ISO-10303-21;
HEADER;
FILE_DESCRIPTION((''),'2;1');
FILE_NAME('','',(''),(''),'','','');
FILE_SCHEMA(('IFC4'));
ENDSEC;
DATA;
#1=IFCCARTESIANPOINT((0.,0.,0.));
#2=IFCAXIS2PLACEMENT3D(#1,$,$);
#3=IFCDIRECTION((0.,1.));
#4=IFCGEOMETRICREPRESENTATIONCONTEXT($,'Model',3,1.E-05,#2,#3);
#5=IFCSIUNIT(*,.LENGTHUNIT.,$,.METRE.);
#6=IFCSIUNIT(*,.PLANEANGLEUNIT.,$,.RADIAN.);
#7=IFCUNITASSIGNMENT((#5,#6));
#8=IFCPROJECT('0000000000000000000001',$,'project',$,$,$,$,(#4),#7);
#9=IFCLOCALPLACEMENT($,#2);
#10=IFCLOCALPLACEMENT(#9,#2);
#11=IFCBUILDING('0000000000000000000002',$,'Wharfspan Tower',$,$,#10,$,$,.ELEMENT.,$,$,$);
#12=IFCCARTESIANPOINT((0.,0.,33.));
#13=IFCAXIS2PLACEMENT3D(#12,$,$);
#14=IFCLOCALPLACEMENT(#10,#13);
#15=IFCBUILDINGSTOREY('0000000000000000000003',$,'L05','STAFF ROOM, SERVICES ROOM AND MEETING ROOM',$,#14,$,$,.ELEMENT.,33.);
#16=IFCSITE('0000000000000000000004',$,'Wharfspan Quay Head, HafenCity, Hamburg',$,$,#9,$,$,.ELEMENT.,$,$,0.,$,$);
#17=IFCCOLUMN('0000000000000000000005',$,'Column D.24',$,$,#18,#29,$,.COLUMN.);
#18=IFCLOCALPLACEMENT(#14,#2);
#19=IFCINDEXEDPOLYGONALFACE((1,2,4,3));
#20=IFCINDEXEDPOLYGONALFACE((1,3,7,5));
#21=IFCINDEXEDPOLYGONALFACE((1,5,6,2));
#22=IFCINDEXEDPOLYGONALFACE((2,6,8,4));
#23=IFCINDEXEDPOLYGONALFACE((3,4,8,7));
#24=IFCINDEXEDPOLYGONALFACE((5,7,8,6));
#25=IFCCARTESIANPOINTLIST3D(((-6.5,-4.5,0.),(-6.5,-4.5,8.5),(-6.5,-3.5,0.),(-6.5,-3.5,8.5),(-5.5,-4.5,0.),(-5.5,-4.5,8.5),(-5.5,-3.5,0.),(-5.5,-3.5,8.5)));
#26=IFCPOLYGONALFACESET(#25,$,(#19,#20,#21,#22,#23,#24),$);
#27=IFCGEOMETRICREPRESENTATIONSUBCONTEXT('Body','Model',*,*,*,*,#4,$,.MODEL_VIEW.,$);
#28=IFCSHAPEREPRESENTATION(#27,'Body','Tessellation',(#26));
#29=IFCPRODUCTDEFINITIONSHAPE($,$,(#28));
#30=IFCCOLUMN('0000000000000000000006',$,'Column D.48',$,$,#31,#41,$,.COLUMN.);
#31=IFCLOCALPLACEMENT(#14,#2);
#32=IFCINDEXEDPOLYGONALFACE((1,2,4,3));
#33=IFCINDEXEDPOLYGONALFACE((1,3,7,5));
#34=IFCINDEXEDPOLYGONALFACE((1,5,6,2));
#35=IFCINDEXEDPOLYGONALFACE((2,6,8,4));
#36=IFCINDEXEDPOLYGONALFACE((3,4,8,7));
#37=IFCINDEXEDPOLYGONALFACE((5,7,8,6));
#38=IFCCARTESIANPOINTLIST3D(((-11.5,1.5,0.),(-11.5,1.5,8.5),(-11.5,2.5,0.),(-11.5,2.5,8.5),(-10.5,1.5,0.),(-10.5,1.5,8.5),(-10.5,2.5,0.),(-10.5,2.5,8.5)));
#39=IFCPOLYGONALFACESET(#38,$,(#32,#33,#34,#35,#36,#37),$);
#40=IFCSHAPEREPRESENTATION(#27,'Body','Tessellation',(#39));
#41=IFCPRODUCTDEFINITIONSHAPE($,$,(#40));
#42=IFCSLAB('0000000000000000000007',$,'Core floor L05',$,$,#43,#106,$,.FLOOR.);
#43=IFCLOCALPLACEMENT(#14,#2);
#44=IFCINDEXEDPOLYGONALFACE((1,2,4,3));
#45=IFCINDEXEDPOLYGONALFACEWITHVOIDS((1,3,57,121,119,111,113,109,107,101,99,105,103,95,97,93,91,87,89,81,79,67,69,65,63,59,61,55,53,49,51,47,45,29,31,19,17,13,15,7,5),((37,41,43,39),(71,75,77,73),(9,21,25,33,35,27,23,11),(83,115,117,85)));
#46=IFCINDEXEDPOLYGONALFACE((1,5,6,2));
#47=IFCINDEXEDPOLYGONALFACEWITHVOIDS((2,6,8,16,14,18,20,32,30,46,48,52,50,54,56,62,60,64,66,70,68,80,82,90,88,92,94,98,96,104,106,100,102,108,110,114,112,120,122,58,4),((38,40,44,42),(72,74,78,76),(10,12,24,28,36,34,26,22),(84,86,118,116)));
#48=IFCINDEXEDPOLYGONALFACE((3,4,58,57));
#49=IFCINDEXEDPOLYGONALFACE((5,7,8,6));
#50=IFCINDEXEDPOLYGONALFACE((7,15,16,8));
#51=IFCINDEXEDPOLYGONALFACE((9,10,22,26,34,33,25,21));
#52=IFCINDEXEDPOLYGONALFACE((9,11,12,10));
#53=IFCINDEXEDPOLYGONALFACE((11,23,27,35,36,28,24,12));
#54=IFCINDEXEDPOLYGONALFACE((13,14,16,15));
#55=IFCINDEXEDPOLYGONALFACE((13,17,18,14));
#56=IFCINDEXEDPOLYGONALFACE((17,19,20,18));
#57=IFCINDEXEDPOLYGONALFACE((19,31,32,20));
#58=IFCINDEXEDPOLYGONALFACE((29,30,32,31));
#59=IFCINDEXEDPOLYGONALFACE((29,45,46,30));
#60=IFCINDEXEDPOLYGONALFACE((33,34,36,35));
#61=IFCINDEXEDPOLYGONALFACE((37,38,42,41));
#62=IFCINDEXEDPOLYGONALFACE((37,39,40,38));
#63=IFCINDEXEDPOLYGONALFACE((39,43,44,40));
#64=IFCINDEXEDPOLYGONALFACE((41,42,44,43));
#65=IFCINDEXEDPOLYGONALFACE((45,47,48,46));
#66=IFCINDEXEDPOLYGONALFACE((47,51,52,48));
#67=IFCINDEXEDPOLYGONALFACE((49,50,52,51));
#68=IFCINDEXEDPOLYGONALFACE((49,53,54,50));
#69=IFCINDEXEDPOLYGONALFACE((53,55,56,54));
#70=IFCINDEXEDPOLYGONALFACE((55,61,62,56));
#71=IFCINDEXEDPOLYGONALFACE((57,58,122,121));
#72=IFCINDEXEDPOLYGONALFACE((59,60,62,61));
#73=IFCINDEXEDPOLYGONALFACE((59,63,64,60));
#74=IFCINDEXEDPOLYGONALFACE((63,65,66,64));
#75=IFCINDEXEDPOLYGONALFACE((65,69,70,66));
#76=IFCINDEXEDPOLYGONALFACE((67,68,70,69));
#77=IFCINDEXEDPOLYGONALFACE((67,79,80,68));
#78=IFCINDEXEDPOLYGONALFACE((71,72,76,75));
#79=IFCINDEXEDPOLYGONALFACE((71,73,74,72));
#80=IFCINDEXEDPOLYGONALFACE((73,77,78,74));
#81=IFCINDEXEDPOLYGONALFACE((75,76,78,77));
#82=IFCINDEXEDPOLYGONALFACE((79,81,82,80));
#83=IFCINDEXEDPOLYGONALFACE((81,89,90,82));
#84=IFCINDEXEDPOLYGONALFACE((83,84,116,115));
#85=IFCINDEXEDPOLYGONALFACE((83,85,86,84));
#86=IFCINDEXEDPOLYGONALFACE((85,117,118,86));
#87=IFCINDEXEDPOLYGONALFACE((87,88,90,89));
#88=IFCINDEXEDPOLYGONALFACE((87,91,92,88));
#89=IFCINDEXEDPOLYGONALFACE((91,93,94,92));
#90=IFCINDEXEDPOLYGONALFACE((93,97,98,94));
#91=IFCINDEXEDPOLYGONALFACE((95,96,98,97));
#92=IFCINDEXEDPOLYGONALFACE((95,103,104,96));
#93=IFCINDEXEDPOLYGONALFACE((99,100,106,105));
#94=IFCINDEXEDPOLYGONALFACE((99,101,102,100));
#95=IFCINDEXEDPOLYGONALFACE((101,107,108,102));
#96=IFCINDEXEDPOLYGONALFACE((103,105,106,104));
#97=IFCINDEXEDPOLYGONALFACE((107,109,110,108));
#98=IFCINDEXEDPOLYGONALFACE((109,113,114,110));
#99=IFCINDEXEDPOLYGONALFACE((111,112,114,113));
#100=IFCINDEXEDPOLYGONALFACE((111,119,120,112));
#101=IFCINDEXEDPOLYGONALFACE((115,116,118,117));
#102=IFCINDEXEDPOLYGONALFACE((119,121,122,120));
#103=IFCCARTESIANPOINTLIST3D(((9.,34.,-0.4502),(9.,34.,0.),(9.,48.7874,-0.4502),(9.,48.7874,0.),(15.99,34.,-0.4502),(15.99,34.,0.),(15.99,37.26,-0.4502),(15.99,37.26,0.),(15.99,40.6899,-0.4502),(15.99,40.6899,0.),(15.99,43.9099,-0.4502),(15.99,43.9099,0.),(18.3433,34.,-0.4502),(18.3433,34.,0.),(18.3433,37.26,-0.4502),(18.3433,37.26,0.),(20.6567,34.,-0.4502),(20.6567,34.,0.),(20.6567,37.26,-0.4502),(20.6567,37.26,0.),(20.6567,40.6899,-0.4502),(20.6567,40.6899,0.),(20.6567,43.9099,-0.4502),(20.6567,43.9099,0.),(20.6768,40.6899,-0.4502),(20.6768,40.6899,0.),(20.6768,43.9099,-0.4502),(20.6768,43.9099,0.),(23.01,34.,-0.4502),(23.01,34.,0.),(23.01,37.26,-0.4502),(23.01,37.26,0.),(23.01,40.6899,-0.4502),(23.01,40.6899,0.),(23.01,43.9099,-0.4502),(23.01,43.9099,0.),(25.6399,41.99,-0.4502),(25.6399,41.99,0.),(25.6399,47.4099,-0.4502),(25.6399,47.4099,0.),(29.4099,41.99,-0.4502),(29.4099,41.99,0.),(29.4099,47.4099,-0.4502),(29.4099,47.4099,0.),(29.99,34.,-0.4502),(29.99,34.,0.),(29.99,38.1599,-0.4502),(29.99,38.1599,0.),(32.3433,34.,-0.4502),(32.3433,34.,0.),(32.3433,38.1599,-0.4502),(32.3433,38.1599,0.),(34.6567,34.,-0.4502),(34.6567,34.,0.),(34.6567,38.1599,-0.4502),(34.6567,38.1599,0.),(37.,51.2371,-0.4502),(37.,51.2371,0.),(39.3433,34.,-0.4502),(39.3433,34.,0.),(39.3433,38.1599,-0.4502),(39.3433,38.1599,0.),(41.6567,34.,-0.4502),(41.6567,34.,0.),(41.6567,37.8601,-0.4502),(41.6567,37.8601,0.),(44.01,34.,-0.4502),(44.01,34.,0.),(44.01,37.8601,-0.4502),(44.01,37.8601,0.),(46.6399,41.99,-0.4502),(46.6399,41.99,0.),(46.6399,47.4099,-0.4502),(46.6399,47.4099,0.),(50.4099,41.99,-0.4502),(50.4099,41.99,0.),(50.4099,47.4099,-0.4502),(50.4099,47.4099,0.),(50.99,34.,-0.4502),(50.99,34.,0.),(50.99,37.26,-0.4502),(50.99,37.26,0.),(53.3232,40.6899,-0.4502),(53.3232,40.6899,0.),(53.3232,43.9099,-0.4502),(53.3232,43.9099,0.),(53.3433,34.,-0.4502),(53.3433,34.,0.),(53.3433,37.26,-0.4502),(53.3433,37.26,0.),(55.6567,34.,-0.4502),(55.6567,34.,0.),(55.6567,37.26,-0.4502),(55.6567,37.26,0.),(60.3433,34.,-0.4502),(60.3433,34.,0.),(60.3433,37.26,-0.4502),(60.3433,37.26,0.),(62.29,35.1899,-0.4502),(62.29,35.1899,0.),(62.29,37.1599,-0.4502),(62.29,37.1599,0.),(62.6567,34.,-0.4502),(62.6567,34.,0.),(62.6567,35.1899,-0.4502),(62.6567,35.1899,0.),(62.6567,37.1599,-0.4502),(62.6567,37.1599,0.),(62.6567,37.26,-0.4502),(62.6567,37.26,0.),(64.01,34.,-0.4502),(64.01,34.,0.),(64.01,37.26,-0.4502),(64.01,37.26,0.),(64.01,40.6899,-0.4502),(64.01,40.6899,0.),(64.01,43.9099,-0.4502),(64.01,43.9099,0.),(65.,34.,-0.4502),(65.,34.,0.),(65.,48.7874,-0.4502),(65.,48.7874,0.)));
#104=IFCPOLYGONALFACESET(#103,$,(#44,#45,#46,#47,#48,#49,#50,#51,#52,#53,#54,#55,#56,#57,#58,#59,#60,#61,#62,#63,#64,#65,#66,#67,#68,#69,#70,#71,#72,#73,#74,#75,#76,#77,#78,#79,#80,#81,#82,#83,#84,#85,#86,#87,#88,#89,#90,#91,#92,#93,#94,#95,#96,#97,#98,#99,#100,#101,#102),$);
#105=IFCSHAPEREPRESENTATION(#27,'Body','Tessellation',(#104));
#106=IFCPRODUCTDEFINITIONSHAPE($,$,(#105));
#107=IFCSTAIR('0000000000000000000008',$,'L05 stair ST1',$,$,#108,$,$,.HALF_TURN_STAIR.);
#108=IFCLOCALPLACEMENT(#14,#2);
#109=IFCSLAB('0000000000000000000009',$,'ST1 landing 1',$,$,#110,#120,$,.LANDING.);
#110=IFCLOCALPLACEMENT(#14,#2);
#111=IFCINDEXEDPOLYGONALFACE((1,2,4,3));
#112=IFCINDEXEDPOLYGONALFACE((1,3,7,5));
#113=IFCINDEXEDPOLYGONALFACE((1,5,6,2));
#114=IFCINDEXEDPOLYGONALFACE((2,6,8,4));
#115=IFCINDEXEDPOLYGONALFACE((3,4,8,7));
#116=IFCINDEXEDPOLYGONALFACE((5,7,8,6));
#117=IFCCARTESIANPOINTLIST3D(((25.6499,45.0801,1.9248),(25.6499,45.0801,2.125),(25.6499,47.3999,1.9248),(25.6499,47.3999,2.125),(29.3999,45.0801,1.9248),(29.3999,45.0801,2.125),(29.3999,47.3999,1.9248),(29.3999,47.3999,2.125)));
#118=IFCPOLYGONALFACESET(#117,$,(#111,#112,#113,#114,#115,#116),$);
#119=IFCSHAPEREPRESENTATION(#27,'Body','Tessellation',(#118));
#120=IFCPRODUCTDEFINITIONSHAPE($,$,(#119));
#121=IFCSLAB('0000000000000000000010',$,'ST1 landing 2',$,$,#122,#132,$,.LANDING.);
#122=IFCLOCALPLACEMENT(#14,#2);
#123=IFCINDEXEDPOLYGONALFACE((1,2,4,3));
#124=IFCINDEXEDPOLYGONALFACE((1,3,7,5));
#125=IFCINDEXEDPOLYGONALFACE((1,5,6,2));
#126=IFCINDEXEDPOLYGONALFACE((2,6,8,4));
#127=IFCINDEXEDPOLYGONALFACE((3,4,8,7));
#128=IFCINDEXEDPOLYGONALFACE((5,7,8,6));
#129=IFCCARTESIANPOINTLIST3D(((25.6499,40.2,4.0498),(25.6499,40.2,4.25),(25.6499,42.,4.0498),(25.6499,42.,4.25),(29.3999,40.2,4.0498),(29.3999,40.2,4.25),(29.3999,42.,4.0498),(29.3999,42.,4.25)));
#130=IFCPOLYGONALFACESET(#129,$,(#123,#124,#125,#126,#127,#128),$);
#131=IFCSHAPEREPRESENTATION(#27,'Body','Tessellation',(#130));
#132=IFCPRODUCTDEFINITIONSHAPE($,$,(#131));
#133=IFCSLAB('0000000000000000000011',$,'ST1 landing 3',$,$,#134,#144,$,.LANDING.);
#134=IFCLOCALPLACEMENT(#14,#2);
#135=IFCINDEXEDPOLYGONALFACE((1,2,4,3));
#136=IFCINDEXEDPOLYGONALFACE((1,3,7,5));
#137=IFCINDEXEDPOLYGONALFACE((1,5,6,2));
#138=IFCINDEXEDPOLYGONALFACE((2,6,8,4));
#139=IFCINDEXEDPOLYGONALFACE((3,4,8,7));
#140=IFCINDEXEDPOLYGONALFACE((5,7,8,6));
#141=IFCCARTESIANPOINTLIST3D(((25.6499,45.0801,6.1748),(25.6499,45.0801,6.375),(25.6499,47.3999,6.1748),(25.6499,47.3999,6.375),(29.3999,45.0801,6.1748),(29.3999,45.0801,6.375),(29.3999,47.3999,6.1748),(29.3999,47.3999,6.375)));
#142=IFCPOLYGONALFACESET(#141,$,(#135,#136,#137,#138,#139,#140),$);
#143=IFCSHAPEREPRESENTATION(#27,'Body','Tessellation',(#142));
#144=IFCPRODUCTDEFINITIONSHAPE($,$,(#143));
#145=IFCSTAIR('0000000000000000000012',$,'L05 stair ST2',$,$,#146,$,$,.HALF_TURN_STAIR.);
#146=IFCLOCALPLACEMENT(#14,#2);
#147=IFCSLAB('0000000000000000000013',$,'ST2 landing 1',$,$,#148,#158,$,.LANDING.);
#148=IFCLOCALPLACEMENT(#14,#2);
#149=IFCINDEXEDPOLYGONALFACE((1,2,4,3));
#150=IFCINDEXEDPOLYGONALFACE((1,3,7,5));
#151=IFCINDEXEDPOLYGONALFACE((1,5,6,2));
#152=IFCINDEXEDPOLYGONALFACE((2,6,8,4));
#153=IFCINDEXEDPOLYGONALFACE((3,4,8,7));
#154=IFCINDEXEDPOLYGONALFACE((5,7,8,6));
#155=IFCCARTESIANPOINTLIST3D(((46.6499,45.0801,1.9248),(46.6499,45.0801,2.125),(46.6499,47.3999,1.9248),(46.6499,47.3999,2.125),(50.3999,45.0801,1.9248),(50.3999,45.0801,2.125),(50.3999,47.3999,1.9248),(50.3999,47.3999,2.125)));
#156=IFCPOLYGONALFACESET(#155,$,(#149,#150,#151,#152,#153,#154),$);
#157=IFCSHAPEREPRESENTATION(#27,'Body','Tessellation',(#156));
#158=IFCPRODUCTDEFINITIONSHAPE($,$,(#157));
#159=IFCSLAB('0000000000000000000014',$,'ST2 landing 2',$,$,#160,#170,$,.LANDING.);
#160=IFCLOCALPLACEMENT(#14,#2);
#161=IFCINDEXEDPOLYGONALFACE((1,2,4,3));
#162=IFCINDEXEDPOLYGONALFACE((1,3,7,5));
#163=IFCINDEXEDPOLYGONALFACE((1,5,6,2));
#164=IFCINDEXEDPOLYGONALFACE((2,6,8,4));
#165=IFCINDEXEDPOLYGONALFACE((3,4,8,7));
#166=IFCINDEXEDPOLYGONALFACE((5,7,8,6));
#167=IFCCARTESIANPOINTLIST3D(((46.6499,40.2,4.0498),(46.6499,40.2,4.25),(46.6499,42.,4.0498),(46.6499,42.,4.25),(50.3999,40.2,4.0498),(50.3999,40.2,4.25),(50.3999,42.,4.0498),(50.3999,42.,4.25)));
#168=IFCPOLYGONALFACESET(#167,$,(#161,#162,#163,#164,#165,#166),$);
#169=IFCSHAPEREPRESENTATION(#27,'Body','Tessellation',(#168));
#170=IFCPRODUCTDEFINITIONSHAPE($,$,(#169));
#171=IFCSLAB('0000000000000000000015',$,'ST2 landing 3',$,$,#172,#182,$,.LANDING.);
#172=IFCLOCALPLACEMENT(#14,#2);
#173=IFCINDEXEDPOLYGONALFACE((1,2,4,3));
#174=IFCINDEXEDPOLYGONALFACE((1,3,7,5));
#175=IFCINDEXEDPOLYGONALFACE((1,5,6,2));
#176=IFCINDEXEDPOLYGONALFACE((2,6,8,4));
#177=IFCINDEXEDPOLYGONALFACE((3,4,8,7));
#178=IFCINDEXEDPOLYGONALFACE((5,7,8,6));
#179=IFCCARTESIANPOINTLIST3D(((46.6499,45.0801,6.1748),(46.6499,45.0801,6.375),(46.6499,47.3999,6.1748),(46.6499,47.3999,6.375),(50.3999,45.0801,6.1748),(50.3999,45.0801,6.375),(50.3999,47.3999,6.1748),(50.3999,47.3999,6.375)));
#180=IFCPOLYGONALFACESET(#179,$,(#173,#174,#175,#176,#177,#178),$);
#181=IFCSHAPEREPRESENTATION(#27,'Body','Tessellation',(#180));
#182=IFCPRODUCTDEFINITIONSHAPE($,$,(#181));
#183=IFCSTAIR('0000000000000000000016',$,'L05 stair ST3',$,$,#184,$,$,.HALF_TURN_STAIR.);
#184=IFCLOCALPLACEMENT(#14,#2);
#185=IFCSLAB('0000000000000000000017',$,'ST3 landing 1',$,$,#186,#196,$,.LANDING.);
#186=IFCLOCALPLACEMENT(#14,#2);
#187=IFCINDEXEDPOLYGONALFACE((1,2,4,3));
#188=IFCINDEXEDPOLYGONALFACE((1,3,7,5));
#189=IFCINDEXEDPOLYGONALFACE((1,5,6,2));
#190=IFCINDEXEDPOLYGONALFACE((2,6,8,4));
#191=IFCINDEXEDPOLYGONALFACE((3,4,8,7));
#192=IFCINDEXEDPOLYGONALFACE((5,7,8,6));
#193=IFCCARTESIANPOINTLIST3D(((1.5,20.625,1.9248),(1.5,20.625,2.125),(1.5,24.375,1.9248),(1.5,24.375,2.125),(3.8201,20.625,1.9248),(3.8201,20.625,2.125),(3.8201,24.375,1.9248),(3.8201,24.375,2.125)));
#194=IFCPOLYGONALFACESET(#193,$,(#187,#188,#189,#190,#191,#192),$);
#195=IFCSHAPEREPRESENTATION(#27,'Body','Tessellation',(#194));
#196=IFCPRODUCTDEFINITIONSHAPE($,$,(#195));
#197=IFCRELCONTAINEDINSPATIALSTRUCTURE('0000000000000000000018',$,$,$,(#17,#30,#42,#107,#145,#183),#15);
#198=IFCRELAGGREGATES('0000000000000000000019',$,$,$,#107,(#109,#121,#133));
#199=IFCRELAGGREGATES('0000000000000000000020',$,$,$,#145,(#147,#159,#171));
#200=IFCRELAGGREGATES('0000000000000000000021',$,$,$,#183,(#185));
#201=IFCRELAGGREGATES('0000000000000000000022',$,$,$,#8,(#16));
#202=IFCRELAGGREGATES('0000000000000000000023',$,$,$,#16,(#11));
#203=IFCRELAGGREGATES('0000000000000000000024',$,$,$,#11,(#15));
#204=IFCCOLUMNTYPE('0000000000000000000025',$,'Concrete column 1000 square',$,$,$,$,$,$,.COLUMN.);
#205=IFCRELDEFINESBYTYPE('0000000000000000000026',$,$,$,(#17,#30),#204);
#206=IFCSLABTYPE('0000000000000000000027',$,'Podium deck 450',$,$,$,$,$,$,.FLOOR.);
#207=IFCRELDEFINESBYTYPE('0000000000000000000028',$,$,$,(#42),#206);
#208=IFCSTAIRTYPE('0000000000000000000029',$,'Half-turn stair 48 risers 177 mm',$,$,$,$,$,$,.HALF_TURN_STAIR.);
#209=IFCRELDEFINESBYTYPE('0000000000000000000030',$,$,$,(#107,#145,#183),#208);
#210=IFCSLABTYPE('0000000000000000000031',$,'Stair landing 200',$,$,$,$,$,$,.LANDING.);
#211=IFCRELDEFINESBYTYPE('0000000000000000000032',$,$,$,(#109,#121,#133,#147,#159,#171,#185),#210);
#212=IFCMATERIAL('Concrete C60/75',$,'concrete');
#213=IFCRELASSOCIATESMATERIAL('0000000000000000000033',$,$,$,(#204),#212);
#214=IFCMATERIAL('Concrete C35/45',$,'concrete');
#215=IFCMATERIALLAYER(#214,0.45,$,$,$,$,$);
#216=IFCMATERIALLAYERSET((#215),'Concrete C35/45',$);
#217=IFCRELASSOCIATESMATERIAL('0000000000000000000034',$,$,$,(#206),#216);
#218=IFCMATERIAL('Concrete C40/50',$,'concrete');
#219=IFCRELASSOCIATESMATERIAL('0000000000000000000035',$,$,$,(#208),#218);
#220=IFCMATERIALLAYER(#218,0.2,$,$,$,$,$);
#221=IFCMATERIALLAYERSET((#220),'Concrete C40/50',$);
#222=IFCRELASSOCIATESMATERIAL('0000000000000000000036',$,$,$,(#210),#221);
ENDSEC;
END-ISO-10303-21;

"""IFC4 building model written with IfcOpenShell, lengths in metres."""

from ifc_helpers import new_model, si_unit, direction, frame, origin, origin_2d, place, context, subcontext, project, spatial, polyline, rectangle, outline, extrude, material, layer, layer_set, material_profile, profile_set, type_object, element, aggregate, save


model = new_model("IFC4")

# Units and contexts
model_context = context("Model", 3, precision=1e-05, world=origin(), true_north=direction((0.0, 1.0)))
body_context = subcontext(model_context, "Body", "Model", "MODEL_VIEW")
ifc_project = project(units=[si_unit("LENGTHUNIT", "METRE"), si_unit("PLANEANGLEUNIT", "RADIAN")], contexts=[model_context])

# Site, building, storey
site_placement = place(None, origin())
site = spatial("IfcSite", under=ifc_project, at=site_placement, Name="Wharfspan Quay Head, HafenCity, Hamburg", CompositionType="ELEMENT", RefElevation=0.0)
building_placement = place(site_placement, origin())
building = spatial("IfcBuilding", under=site, at=building_placement, Name="Wharfspan Tower", CompositionType="ELEMENT")
storey_placement = place(building_placement, frame((0.0, 0.0, 33.0)))
storey = spatial("IfcBuildingStorey", under=building, at=storey_placement, Name="L05", Description="STAFF ROOM, SERVICES ROOM AND MEETING ROOM", CompositionType="ELEMENT", Elevation=33.0)

# Columns
ifc_material_1 = material(Name="Concrete C60/75", Category="concrete")
ifc_material_profile = material_profile(ifc_material_1, rectangle(XDim=1.0, YDim=1.0, at=origin_2d()))
ifc_profile_set = profile_set([ifc_material_profile], Name="Concrete C60/75")
column_type = type_object("IfcColumnType", Name="Concrete column 1000 square", PredefinedType="COLUMN", material=ifc_profile_set)
for number, where, z_axis, x_axis, name in (
    (1, (-6.0, -4.0, 0.0), (0.0, 0.0, 1.0), (1.0, 0.0, 0.0), "Column D.24"),
    (2, (-11.0, 2.0, 0.0), (0.0, 0.0, 1.0), (1.0, 0.0, 0.0), "Column D.48"),
):
    element("IfcColumn", number, at=place(storey_placement, frame(where, z_axis=z_axis, x_axis=x_axis)), inside=storey, type_object=column_type, Name=name, PredefinedType="COLUMN", context=body_context, shape_type="SweptSolid", body=[
        extrude(rectangle(XDim=1.0, YDim=1.0, at=origin_2d()), origin(), (0.0, 0.0, 1.0), 8.5),
    ])

# Slab
ifc_material_2 = material(Name="Concrete C35/45", Category="concrete")
ifc_layer_1 = layer(ifc_material_2, 0.45)
ifc_layer_set_1 = layer_set([ifc_layer_1], Name="Concrete C35/45")
slab_type_1 = type_object("IfcSlabType", Name="Podium deck 450", PredefinedType="FLOOR", material=ifc_layer_set_1)
slab_1_placement = place(storey_placement, frame((0.0, 0.0, -0.4502)))
element("IfcSlab", 3, at=slab_1_placement, inside=storey, type_object=slab_type_1, Name="Core floor L05", PredefinedType="FLOOR", context=body_context, shape_type="SweptSolid", body=[
    extrude(outline(polyline([(65.0, 48.7874), (65.0, 34.0), (64.01, 34.0), (64.01, 37.26), (62.6567, 37.26), (62.6567, 37.1599), (62.29, 37.1599), (62.29, 35.1899), (62.6567, 35.1899), (62.6567, 34.0), (60.3433, 34.0), (60.3433, 37.26), (55.6567, 37.26), (55.6567, 34.0), (53.3433, 34.0), (53.3433, 37.26), (50.99, 37.26), (50.99, 34.0), (44.01, 34.0), (44.01, 37.8601), (41.6567, 37.8601), (41.6567, 34.0), (39.3433, 34.0), (39.3433, 38.1599), (34.6567, 38.1599), (34.6567, 34.0), (32.3433, 34.0), (32.3433, 38.1599), (29.99, 38.1599), (29.99, 34.0), (23.01, 34.0), (23.01, 37.26), (20.6567, 37.26), (20.6567, 34.0), (18.3433, 34.0), (18.3433, 37.26), (15.99, 37.26), (15.99, 34.0), (9.0, 34.0), (9.0, 48.7874), (37.0, 51.2371), (65.0, 48.7874)]), holes=[polyline([(53.3232, 43.9099), (53.3232, 40.6899), (64.01, 40.6899), (64.01, 43.9099), (53.3232, 43.9099)]), polyline([(50.4099, 41.99), (50.4099, 47.4099), (46.6399, 47.4099), (46.6399, 41.99), (50.4099, 41.99)]), polyline([(29.4099, 41.99), (29.4099, 47.4099), (25.6399, 47.4099), (25.6399, 41.99), (29.4099, 41.99)]), polyline([(20.6768, 40.6899), (23.01, 40.6899), (23.01, 43.9099), (20.6768, 43.9099), (20.6567, 43.9099), (15.99, 43.9099), (15.99, 40.6899), (20.6567, 40.6899), (20.6768, 40.6899)])]), origin(), (0.0, 0.0, 1.0), 0.4502),
])

# Stairs, slabs
ifc_material_3 = material(Name="Concrete C40/50", Category="concrete")
stair_type = type_object("IfcStairType", Name="Half-turn stair 48 risers 177 mm", PredefinedType="HALF_TURN_STAIR", material=ifc_material_3)
stair_1_placement = place(storey_placement, origin())
stair_1 = element("IfcStair", 4, at=stair_1_placement, inside=storey, type_object=stair_type, Name="L05 stair ST1", PredefinedType="HALF_TURN_STAIR")
ifc_layer_2 = layer(ifc_material_3, 0.2)
ifc_layer_set_2 = layer_set([ifc_layer_2], Name="Concrete C40/50")
slab_type_2 = type_object("IfcSlabType", Name="Stair landing 200", PredefinedType="LANDING", material=ifc_layer_set_2)
slab_2_placement = place(storey_placement, frame((0.0, 0.0, 1.9248)))
slab_2 = element("IfcSlab", 5, at=slab_2_placement, type_object=slab_type_2, Name="ST1 landing 1", PredefinedType="LANDING", context=body_context, shape_type="SweptSolid", body=[
    extrude(outline(polyline([(29.3999, 45.0801), (29.3999, 47.3999), (25.6499, 47.3999), (25.6499, 45.0801), (29.3999, 45.0801)])), origin(), (0.0, 0.0, 1.0), 0.2002),
])
slab_3_placement = place(storey_placement, frame((0.0, 0.0, 4.0498)))
slab_3 = element("IfcSlab", 6, at=slab_3_placement, type_object=slab_type_2, Name="ST1 landing 2", PredefinedType="LANDING", context=body_context, shape_type="SweptSolid", body=[
    extrude(outline(polyline([(29.3999, 40.2), (29.3999, 42.0), (25.6499, 42.0), (25.6499, 40.2), (29.3999, 40.2)])), origin(), (0.0, 0.0, 1.0), 0.2002),
])
slab_4_placement = place(storey_placement, frame((0.0, 0.0, 6.1748)))
slab_4 = element("IfcSlab", 7, at=slab_4_placement, type_object=slab_type_2, Name="ST1 landing 3", PredefinedType="LANDING", context=body_context, shape_type="SweptSolid", body=[
    extrude(outline(polyline([(29.3999, 45.0801), (29.3999, 47.3999), (25.6499, 47.3999), (25.6499, 45.0801), (29.3999, 45.0801)])), origin(), (0.0, 0.0, 1.0), 0.2002),
])
aggregate(stair_1, [slab_2, slab_3, slab_4])
stair_2_placement = place(storey_placement, origin())
stair_2 = element("IfcStair", 8, at=stair_2_placement, inside=storey, type_object=stair_type, Name="L05 stair ST2", PredefinedType="HALF_TURN_STAIR")
slab_5_placement = place(storey_placement, frame((0.0, 0.0, 1.9248)))
slab_5 = element("IfcSlab", 9, at=slab_5_placement, type_object=slab_type_2, Name="ST2 landing 1", PredefinedType="LANDING", context=body_context, shape_type="SweptSolid", body=[
    extrude(outline(polyline([(50.3999, 45.0801), (50.3999, 47.3999), (46.6499, 47.3999), (46.6499, 45.0801), (50.3999, 45.0801)])), origin(), (0.0, 0.0, 1.0), 0.2002),
])
slab_6_placement = place(storey_placement, frame((0.0, 0.0, 4.0498)))
slab_6 = element("IfcSlab", 10, at=slab_6_placement, type_object=slab_type_2, Name="ST2 landing 2", PredefinedType="LANDING", context=body_context, shape_type="SweptSolid", body=[
    extrude(outline(polyline([(50.3999, 40.2), (50.3999, 42.0), (46.6499, 42.0), (46.6499, 40.2), (50.3999, 40.2)])), origin(), (0.0, 0.0, 1.0), 0.2002),
])
slab_7_placement = place(storey_placement, frame((0.0, 0.0, 6.1748)))
slab_7 = element("IfcSlab", 11, at=slab_7_placement, type_object=slab_type_2, Name="ST2 landing 3", PredefinedType="LANDING", context=body_context, shape_type="SweptSolid", body=[
    extrude(outline(polyline([(50.3999, 45.0801), (50.3999, 47.3999), (46.6499, 47.3999), (46.6499, 45.0801), (50.3999, 45.0801)])), origin(), (0.0, 0.0, 1.0), 0.2002),
])
aggregate(stair_2, [slab_5, slab_6, slab_7])
stair_3_placement = place(storey_placement, origin())
stair_3 = element("IfcStair", 12, at=stair_3_placement, inside=storey, type_object=stair_type, Name="L05 stair ST3", PredefinedType="HALF_TURN_STAIR")
slab_8_placement = place(storey_placement, frame((0.0, 0.0, 1.9248)))
slab_8 = element("IfcSlab", 13, at=slab_8_placement, type_object=slab_type_2, Name="ST3 landing 1", PredefinedType="LANDING", context=body_context, shape_type="SweptSolid", body=[
    extrude(outline(polyline([(3.8201, 24.375), (1.5, 24.375), (1.5, 20.625), (3.8201, 20.625), (3.8201, 24.375)])), origin(), (0.0, 0.0, 1.0), 0.2002),
])
aggregate(stair_3, [slab_8])

save(model, "model.ifc")
